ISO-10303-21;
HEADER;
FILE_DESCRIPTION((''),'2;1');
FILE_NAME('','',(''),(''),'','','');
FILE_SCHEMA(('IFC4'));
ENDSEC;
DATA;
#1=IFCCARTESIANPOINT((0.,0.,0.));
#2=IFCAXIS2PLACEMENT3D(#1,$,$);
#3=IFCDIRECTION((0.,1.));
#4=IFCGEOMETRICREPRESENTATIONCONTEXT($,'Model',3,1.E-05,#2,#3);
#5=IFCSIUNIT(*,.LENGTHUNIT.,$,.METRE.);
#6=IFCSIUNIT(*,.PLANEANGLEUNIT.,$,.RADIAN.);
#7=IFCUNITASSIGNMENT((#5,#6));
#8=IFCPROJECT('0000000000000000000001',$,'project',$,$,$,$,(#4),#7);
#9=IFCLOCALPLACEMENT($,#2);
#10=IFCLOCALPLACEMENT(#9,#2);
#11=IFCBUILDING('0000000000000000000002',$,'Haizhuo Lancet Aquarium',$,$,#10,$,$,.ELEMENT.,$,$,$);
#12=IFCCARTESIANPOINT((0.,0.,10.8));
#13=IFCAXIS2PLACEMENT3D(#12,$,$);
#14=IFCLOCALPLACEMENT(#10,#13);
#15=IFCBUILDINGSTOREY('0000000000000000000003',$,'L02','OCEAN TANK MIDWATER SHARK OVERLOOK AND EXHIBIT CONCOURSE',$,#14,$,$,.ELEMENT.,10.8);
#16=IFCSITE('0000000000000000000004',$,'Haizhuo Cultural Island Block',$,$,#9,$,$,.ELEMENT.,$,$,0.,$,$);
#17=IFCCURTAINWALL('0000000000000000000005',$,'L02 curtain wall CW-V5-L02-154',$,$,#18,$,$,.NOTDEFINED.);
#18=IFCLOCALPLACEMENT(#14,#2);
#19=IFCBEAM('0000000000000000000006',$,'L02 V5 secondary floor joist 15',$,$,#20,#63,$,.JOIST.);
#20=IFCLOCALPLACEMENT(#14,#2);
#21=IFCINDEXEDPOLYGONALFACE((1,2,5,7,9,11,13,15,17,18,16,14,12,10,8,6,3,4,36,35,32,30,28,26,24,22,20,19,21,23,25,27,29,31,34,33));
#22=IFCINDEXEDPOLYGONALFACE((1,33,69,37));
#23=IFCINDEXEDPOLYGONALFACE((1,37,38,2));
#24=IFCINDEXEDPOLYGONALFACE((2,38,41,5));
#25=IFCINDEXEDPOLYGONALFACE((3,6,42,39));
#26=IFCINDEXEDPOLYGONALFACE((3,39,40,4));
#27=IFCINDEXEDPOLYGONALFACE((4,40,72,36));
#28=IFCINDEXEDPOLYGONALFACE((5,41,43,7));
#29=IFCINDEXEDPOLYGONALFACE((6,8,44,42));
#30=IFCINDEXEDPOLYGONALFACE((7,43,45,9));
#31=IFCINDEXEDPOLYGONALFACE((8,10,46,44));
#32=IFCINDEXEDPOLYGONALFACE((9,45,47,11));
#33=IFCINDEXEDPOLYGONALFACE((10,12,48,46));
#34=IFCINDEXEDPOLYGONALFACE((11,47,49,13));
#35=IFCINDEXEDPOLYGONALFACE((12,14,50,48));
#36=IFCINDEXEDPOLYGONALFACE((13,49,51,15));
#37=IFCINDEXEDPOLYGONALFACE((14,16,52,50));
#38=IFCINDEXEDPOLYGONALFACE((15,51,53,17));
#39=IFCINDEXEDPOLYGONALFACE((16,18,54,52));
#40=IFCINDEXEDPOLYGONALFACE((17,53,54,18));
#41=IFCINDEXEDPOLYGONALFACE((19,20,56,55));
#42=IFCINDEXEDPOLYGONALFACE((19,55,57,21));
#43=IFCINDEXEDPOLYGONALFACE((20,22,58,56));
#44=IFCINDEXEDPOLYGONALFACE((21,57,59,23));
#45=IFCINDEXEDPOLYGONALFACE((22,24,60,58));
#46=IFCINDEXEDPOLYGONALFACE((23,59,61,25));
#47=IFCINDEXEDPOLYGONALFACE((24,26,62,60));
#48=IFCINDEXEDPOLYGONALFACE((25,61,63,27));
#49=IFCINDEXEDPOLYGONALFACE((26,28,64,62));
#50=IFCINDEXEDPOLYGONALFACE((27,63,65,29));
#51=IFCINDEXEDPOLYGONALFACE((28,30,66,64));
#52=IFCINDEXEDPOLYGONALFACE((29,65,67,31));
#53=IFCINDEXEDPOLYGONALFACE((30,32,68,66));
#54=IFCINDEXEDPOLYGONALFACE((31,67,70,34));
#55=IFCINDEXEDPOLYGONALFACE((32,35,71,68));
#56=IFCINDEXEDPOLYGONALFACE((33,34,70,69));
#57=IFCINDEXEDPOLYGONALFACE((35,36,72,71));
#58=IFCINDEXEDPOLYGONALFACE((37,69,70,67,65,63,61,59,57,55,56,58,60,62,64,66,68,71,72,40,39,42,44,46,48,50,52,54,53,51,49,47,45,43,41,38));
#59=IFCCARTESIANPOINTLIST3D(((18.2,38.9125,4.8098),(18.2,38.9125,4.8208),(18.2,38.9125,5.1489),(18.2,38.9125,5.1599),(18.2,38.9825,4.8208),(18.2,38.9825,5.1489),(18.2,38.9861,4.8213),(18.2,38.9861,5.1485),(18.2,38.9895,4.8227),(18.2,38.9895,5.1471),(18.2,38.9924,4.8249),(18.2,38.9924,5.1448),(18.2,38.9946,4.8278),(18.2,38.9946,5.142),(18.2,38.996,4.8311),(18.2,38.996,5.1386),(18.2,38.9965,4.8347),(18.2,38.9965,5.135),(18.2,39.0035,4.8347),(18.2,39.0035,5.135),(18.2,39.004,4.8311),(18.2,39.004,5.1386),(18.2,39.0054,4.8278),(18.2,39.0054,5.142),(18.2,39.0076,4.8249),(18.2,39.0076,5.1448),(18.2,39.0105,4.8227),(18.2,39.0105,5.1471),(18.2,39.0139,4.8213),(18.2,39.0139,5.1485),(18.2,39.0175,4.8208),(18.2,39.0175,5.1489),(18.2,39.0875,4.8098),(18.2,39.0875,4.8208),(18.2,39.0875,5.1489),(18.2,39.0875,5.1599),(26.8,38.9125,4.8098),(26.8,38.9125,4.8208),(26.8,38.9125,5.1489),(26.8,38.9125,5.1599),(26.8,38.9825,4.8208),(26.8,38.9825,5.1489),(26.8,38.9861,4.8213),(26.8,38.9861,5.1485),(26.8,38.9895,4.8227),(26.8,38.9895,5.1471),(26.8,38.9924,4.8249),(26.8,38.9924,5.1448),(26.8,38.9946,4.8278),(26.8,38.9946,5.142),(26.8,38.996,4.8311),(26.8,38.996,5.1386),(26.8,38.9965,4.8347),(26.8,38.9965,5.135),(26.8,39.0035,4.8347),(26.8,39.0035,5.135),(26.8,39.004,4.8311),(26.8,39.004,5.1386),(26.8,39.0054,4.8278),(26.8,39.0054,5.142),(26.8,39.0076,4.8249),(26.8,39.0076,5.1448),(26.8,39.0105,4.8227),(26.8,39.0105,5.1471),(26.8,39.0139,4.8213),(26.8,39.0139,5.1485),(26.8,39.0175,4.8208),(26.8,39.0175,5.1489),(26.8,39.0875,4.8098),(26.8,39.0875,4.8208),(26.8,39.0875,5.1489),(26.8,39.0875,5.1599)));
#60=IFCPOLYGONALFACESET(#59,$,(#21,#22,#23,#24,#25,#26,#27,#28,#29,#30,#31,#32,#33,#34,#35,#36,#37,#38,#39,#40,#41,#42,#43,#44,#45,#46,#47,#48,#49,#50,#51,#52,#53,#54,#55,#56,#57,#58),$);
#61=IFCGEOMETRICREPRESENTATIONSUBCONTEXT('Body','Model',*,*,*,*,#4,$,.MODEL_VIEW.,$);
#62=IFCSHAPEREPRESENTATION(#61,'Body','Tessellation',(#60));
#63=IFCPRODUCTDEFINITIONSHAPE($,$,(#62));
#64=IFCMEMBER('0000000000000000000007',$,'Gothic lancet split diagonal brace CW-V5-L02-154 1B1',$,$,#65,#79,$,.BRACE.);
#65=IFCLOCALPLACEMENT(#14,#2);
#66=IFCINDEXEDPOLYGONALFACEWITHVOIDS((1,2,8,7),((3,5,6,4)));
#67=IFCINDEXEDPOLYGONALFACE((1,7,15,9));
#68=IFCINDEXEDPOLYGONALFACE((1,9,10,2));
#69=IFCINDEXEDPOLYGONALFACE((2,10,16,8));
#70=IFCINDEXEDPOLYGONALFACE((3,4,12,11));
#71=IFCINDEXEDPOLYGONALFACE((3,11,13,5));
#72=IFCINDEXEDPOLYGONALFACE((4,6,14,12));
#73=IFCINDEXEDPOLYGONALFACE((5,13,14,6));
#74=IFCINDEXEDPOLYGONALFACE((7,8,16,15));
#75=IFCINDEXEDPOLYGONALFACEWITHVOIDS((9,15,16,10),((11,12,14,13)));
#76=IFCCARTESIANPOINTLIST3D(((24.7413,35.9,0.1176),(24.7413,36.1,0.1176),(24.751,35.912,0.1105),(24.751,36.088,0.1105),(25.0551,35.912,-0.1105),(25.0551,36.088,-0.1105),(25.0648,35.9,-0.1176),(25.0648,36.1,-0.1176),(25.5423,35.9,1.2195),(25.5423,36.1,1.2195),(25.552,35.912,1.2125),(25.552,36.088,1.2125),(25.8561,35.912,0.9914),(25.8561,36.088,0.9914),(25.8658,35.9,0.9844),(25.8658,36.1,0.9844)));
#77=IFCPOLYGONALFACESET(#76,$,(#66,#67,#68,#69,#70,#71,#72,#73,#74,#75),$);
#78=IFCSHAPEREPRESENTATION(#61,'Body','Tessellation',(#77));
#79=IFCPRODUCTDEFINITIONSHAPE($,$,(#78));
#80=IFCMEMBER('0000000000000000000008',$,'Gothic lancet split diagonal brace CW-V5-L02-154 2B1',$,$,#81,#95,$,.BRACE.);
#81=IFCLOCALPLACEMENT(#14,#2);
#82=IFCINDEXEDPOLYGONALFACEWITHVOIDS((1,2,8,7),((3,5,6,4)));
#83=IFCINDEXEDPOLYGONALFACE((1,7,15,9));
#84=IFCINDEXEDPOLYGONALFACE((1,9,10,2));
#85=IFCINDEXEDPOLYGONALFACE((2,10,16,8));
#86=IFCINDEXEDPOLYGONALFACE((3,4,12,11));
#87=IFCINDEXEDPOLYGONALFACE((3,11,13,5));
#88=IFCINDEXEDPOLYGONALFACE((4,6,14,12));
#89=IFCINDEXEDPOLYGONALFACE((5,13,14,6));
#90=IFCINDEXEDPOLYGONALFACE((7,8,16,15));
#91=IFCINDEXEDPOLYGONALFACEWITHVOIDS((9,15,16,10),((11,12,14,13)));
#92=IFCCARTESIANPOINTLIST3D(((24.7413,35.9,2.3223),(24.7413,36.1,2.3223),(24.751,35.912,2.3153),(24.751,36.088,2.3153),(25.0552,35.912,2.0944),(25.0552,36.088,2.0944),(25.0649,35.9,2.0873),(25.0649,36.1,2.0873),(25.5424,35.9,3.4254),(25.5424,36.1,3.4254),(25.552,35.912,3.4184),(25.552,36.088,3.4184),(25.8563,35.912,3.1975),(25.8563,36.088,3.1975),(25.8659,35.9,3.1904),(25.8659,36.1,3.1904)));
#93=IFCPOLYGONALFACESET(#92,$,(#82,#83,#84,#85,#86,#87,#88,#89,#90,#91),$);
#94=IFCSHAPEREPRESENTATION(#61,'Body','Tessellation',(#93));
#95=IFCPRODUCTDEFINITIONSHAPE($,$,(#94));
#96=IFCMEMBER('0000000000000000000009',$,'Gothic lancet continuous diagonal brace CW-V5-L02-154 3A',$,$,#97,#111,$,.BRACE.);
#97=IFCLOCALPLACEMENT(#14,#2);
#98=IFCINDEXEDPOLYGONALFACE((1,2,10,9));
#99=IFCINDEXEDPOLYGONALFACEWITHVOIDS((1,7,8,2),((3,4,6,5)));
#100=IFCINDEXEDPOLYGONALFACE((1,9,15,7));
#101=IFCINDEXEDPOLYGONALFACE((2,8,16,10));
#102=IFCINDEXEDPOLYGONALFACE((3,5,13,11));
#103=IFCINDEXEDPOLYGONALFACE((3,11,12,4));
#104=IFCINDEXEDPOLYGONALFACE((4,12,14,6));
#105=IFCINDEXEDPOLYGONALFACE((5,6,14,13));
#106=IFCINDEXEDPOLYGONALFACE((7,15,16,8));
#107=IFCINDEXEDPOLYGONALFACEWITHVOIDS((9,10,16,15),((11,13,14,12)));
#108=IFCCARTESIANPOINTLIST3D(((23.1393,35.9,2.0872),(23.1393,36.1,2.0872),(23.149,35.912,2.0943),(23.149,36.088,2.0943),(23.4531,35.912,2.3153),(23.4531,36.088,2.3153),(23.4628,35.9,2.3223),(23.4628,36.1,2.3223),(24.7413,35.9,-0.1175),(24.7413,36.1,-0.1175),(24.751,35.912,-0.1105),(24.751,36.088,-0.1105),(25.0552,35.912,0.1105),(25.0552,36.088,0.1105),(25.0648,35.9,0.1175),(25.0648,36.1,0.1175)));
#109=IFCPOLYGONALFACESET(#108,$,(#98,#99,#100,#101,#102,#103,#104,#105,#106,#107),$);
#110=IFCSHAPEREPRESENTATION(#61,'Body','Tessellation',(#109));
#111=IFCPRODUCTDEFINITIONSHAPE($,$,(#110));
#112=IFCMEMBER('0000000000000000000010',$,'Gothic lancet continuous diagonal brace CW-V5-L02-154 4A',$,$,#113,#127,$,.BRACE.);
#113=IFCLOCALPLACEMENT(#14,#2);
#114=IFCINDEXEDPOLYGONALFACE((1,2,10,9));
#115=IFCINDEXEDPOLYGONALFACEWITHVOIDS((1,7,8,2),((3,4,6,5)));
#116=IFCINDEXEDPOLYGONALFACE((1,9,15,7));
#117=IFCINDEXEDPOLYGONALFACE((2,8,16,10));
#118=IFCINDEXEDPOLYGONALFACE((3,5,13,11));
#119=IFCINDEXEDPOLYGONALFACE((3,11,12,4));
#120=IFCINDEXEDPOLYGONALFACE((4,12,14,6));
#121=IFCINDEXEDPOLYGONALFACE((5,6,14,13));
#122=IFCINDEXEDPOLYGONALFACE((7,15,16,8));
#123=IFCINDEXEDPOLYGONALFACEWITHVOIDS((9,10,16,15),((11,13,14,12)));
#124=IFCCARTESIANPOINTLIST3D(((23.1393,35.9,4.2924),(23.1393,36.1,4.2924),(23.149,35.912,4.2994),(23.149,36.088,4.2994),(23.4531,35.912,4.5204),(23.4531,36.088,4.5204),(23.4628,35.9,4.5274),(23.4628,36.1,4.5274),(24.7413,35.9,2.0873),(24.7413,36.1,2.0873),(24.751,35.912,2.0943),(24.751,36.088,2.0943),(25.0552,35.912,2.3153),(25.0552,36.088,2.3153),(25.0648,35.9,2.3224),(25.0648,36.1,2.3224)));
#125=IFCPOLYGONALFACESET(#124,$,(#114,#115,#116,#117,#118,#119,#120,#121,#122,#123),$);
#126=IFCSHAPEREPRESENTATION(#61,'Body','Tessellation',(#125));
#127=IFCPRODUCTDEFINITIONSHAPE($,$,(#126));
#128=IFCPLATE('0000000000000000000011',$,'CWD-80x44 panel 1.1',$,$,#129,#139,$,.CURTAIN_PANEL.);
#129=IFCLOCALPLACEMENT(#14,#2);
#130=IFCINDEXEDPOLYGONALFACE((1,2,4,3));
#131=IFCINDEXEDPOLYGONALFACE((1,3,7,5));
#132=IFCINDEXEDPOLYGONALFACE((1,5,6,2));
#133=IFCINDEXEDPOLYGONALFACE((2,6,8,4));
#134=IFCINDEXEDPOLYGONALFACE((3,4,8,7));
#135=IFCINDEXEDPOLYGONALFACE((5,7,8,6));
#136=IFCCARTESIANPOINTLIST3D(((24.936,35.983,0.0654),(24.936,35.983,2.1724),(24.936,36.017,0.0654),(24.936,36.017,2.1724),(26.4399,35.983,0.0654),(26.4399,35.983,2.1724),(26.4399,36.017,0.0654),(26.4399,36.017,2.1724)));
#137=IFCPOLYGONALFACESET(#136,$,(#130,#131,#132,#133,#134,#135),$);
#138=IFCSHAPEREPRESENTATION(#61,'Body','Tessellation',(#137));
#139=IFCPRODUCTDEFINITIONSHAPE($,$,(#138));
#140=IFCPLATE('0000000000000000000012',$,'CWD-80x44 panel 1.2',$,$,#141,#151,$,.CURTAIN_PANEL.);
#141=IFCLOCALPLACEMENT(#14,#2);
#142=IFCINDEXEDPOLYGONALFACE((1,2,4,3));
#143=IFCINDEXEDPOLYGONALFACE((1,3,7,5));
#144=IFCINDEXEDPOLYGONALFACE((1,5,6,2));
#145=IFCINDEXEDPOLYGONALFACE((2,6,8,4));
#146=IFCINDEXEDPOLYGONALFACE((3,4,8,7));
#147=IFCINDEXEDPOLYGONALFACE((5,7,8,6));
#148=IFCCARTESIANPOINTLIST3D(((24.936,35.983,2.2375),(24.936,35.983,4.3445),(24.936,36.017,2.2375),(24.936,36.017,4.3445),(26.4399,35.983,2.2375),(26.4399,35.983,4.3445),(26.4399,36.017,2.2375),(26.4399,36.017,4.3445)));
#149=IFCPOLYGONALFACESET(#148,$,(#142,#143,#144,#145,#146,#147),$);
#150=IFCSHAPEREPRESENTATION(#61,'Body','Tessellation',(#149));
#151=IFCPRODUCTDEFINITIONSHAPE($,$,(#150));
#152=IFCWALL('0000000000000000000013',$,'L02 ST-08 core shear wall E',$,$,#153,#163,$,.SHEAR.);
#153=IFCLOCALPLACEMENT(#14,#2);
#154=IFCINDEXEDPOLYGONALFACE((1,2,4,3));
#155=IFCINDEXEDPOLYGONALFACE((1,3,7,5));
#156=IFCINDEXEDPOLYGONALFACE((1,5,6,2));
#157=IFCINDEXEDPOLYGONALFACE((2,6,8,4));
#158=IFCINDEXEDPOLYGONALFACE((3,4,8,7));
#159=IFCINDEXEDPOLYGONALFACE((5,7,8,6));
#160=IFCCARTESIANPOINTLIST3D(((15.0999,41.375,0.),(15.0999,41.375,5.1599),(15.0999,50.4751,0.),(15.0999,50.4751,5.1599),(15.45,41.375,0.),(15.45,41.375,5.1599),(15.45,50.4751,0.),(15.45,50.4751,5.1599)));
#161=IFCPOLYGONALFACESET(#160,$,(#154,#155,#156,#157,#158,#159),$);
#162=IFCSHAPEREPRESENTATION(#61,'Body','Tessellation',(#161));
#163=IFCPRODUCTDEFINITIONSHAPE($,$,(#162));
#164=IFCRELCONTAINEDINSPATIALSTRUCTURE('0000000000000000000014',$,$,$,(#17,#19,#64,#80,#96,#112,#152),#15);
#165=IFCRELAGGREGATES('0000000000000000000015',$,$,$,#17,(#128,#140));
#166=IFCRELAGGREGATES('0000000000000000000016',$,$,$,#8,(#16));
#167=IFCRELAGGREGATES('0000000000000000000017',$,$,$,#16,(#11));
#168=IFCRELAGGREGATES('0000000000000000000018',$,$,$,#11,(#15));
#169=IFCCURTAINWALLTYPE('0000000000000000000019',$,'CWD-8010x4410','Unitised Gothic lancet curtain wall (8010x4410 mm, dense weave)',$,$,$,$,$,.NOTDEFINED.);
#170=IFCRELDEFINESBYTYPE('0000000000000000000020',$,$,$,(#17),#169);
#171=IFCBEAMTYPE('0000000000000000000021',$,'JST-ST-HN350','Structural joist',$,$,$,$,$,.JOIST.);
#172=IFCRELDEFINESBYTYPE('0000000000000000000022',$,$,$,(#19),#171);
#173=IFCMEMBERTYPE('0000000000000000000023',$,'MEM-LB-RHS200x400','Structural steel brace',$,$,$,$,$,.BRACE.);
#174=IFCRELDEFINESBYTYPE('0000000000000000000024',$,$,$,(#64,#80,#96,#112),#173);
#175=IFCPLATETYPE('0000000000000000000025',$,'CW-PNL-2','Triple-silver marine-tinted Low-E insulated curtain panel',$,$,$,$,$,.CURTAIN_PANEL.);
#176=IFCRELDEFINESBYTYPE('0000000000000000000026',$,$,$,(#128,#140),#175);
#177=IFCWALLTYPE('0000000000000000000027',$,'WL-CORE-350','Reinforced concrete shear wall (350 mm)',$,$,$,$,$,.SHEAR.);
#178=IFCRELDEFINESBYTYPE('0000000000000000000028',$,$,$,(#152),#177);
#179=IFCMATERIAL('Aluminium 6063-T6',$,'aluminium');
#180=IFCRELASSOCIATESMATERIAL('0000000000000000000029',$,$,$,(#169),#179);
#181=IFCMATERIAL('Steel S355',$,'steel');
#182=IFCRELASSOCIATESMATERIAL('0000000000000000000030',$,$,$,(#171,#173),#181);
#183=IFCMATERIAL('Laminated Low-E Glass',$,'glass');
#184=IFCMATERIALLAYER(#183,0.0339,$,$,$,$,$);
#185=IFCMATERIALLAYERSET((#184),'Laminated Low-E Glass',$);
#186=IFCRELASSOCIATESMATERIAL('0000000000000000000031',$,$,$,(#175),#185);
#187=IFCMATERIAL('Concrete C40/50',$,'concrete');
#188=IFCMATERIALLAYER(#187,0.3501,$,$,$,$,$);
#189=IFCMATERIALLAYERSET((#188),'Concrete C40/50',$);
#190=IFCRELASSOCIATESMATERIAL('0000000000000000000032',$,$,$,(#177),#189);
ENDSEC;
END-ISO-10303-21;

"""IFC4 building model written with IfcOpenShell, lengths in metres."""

from ifc_helpers import new_model, si_unit, direction, frame, frame_2d, origin, origin_2d, place, context, subcontext, project, spatial, rectangle, hollow_rectangle, i_section, extrude, material, layer, layer_set, material_profile, profile_set, type_object, element, aggregate, save


model = new_model("IFC4")

# Units and contexts
model_context = context("Model", 3, precision=1e-05, world=origin(), true_north=direction((0.0, 1.0)))
body_context = subcontext(model_context, "Body", "Model", "MODEL_VIEW")
ifc_project = project(units=[si_unit("LENGTHUNIT", "METRE"), si_unit("PLANEANGLEUNIT", "RADIAN")], contexts=[model_context])

# Site, building, storey
site_placement = place(None, origin())
site = spatial("IfcSite", under=ifc_project, at=site_placement, Name="Haizhuo Cultural Island Block", CompositionType="ELEMENT", RefElevation=0.0)
building_placement = place(site_placement, origin())
building = spatial("IfcBuilding", under=site, at=building_placement, Name="Haizhuo Lancet Aquarium", CompositionType="ELEMENT")
storey_placement = place(building_placement, frame((0.0, 0.0, 10.8)))
storey = spatial("IfcBuildingStorey", under=building, at=storey_placement, Name="L02", Description="OCEAN TANK MIDWATER SHARK OVERLOOK AND EXHIBIT CONCOURSE", CompositionType="ELEMENT", Elevation=10.8)

# Shared definitions
ifc_material_1 = material(Name="Concrete C40/50", Category="concrete")

# Curtain wall
ifc_material_2 = material(Name="Aluminium 6063-T6", Category="aluminium")
curtain_wall_type = type_object("IfcCurtainWallType", Name="CWD-8010x4410", Description="Unitised Gothic lancet curtain wall (8010x4410 mm, dense weave)", PredefinedType="NOTDEFINED", material=ifc_material_2)
curtain_wall_placement = place(storey_placement, origin())
curtain_wall = element("IfcCurtainWall", 1, at=curtain_wall_placement, inside=storey, type_object=curtain_wall_type, Name="L02 curtain wall CW-V5-L02-154", PredefinedType="NOTDEFINED")

# Beam
ifc_material_3 = material(Name="Steel S355", Category="steel")
ifc_material_profile_1 = material_profile(ifc_material_3, i_section(OverallWidth=0.175, OverallDepth=0.3501, WebThickness=0.0071, FlangeThickness=0.011, FilletRadius=0.0139, at=origin_2d()), Name="HN 350x175x7x11")
ifc_profile_set_1 = profile_set([ifc_material_profile_1], Name="Steel S355")
beam_type_1 = type_object("IfcBeamType", Name="JST-ST-HN350", Description="Structural joist", PredefinedType="JOIST", material=ifc_profile_set_1)
beam_1_placement = place(storey_placement, frame((18.2, 39.0, 4.9849), z_axis=(1.0, 0.0, 0.0), x_axis=(0.0, 1.0, 0.0)))
element("IfcBeam", 2, at=beam_1_placement, inside=storey, type_object=beam_type_1, Name="L02 V5 secondary floor joist 15", PredefinedType="JOIST", context=body_context, shape_type="SweptSolid", body=[
    extrude(i_section(OverallWidth=0.175, OverallDepth=0.3501, WebThickness=0.0071, FlangeThickness=0.011, FilletRadius=0.0139, at=origin_2d()), origin(), (0.0, 0.0, 1.0), 8.6001),
])

# Members
ifc_material_profile_2 = material_profile(ifc_material_3, hollow_rectangle(XDim=0.2, YDim=0.3999, WallThickness=0.012, at=origin_2d()), Name="RHS 200x400x12")
ifc_profile_set_2 = profile_set([ifc_material_profile_2], Name="Steel S355")
member_type_1 = type_object("IfcMemberType", Name="MEM-LB-RHS200x400", Description="Structural steel brace", PredefinedType="BRACE", material=ifc_profile_set_2)
member_1_placement = place(storey_placement, frame((24.9031, 36.0, 0.0), z_axis=(0.587948, 0.0, 0.808899), x_axis=(0.0, 1.0, 0.0)))
element("IfcMember", 3, at=member_1_placement, inside=storey, type_object=member_type_1, Name="Gothic lancet split diagonal brace CW-V5-L02-154 1B1", PredefinedType="BRACE", context=body_context, shape_type="SweptSolid", body=[
    extrude(hollow_rectangle(XDim=0.2, YDim=0.3999, WallThickness=0.012, at=origin_2d()), origin(), (0.0, 0.0, 1.0), 1.3623),
])
member_2_placement = place(storey_placement, frame((24.9031, 36.0, 2.2048), z_axis=(0.587607, 0.0, 0.809146), x_axis=(0.0, 1.0, 0.0)))
element("IfcMember", 4, at=member_2_placement, inside=storey, type_object=member_type_1, Name="Gothic lancet split diagonal brace CW-V5-L02-154 2B1", PredefinedType="BRACE", context=body_context, shape_type="SweptSolid", body=[
    extrude(hollow_rectangle(XDim=0.2, YDim=0.3999, WallThickness=0.012, at=origin_2d()), origin(), (0.0, 0.0, 1.0), 1.3633),
])
member_3_placement = place(storey_placement, frame((24.9031, 36.0, 0.0), z_axis=(-0.58782, 0.0, 0.808992), x_axis=(0.0, -1.0, 0.0)))
element("IfcMember", 5, at=member_3_placement, inside=storey, type_object=member_type_1, Name="Gothic lancet continuous diagonal brace CW-V5-L02-154 3A", PredefinedType="BRACE", context=body_context, shape_type="SweptSolid", body=[
    extrude(hollow_rectangle(XDim=0.2, YDim=0.3999, WallThickness=0.012, at=origin_2d()), origin(), (0.0, 0.0, 1.0), 2.7253),
])
member_4_placement = place(storey_placement, frame((24.9031, 36.0, 2.2048), z_axis=(-0.587778, 0.0, 0.809023), x_axis=(0.0, -1.0, 0.0)))
element("IfcMember", 6, at=member_4_placement, inside=storey, type_object=member_type_1, Name="Gothic lancet continuous diagonal brace CW-V5-L02-154 4A", PredefinedType="BRACE", context=body_context, shape_type="SweptSolid", body=[
    extrude(hollow_rectangle(XDim=0.2, YDim=0.3999, WallThickness=0.012, at=origin_2d()), origin(), (0.0, 0.0, 1.0), 2.7256),
])

# Plates
ifc_material_4 = material(Name="Laminated Low-E Glass", Category="glass")
ifc_layer_1 = layer(ifc_material_4, 0.0339)
ifc_layer_set_1 = layer_set([ifc_layer_1], Name="Laminated Low-E Glass")
plate_type = type_object("IfcPlateType", Name="CW-PNL-2", Description="Triple-silver marine-tinted Low-E insulated curtain panel", PredefinedType="CURTAIN_PANEL", material=ifc_layer_set_1)
plate_1_placement = place(storey_placement, frame((25.688, 36.0, 0.0654), z_axis=(0.0, 0.0, 1.0), x_axis=(-1.0, 0.0, 0.0)))
plate_1 = element("IfcPlate", 7, at=plate_1_placement, type_object=plate_type, Name="CWD-80x44 panel 1.1", PredefinedType="CURTAIN_PANEL", context=body_context, shape_type="SweptSolid", body=[
    extrude(rectangle(XDim=1.5039, YDim=0.0339, at=origin_2d()), origin(), (0.0, 0.0, 1.0), 2.1069),
])
plate_2_placement = place(storey_placement, frame((25.688, 36.0, 2.2375), z_axis=(0.0, 0.0, 1.0), x_axis=(-1.0, 0.0, 0.0)))
plate_2 = element("IfcPlate", 8, at=plate_2_placement, type_object=plate_type, Name="CWD-80x44 panel 1.2", PredefinedType="CURTAIN_PANEL", context=body_context, shape_type="SweptSolid", body=[
    extrude(rectangle(XDim=1.5039, YDim=0.0339, at=origin_2d()), origin(), (0.0, 0.0, 1.0), 2.1069),
])
aggregate(curtain_wall, [plate_1, plate_2])

# Wall
ifc_layer_2 = layer(ifc_material_1, 0.3501)
ifc_layer_set_2 = layer_set([ifc_layer_2], Name="Concrete C40/50")
wall_type = type_object("IfcWallType", Name="WL-CORE-350", Description="Reinforced concrete shear wall (350 mm)", PredefinedType="SHEAR", material=ifc_layer_set_2)
wall_placement = place(storey_placement, frame((15.2749, 41.375, 0.0), z_axis=(0.0, 0.0, 1.0), x_axis=(0.0, 1.0, 0.0)))
element("IfcWall", 9, at=wall_placement, inside=storey, type_object=wall_type, Name="L02 ST-08 core shear wall E", PredefinedType="SHEAR", context=body_context, shape_type="SweptSolid", body=[
    extrude(rectangle(XDim=9.1001, YDim=0.3501, at=frame_2d((4.55, 0.0))), origin(), (0.0, 0.0, 1.0), 5.1599),
])

save(model, "model.ifc")
